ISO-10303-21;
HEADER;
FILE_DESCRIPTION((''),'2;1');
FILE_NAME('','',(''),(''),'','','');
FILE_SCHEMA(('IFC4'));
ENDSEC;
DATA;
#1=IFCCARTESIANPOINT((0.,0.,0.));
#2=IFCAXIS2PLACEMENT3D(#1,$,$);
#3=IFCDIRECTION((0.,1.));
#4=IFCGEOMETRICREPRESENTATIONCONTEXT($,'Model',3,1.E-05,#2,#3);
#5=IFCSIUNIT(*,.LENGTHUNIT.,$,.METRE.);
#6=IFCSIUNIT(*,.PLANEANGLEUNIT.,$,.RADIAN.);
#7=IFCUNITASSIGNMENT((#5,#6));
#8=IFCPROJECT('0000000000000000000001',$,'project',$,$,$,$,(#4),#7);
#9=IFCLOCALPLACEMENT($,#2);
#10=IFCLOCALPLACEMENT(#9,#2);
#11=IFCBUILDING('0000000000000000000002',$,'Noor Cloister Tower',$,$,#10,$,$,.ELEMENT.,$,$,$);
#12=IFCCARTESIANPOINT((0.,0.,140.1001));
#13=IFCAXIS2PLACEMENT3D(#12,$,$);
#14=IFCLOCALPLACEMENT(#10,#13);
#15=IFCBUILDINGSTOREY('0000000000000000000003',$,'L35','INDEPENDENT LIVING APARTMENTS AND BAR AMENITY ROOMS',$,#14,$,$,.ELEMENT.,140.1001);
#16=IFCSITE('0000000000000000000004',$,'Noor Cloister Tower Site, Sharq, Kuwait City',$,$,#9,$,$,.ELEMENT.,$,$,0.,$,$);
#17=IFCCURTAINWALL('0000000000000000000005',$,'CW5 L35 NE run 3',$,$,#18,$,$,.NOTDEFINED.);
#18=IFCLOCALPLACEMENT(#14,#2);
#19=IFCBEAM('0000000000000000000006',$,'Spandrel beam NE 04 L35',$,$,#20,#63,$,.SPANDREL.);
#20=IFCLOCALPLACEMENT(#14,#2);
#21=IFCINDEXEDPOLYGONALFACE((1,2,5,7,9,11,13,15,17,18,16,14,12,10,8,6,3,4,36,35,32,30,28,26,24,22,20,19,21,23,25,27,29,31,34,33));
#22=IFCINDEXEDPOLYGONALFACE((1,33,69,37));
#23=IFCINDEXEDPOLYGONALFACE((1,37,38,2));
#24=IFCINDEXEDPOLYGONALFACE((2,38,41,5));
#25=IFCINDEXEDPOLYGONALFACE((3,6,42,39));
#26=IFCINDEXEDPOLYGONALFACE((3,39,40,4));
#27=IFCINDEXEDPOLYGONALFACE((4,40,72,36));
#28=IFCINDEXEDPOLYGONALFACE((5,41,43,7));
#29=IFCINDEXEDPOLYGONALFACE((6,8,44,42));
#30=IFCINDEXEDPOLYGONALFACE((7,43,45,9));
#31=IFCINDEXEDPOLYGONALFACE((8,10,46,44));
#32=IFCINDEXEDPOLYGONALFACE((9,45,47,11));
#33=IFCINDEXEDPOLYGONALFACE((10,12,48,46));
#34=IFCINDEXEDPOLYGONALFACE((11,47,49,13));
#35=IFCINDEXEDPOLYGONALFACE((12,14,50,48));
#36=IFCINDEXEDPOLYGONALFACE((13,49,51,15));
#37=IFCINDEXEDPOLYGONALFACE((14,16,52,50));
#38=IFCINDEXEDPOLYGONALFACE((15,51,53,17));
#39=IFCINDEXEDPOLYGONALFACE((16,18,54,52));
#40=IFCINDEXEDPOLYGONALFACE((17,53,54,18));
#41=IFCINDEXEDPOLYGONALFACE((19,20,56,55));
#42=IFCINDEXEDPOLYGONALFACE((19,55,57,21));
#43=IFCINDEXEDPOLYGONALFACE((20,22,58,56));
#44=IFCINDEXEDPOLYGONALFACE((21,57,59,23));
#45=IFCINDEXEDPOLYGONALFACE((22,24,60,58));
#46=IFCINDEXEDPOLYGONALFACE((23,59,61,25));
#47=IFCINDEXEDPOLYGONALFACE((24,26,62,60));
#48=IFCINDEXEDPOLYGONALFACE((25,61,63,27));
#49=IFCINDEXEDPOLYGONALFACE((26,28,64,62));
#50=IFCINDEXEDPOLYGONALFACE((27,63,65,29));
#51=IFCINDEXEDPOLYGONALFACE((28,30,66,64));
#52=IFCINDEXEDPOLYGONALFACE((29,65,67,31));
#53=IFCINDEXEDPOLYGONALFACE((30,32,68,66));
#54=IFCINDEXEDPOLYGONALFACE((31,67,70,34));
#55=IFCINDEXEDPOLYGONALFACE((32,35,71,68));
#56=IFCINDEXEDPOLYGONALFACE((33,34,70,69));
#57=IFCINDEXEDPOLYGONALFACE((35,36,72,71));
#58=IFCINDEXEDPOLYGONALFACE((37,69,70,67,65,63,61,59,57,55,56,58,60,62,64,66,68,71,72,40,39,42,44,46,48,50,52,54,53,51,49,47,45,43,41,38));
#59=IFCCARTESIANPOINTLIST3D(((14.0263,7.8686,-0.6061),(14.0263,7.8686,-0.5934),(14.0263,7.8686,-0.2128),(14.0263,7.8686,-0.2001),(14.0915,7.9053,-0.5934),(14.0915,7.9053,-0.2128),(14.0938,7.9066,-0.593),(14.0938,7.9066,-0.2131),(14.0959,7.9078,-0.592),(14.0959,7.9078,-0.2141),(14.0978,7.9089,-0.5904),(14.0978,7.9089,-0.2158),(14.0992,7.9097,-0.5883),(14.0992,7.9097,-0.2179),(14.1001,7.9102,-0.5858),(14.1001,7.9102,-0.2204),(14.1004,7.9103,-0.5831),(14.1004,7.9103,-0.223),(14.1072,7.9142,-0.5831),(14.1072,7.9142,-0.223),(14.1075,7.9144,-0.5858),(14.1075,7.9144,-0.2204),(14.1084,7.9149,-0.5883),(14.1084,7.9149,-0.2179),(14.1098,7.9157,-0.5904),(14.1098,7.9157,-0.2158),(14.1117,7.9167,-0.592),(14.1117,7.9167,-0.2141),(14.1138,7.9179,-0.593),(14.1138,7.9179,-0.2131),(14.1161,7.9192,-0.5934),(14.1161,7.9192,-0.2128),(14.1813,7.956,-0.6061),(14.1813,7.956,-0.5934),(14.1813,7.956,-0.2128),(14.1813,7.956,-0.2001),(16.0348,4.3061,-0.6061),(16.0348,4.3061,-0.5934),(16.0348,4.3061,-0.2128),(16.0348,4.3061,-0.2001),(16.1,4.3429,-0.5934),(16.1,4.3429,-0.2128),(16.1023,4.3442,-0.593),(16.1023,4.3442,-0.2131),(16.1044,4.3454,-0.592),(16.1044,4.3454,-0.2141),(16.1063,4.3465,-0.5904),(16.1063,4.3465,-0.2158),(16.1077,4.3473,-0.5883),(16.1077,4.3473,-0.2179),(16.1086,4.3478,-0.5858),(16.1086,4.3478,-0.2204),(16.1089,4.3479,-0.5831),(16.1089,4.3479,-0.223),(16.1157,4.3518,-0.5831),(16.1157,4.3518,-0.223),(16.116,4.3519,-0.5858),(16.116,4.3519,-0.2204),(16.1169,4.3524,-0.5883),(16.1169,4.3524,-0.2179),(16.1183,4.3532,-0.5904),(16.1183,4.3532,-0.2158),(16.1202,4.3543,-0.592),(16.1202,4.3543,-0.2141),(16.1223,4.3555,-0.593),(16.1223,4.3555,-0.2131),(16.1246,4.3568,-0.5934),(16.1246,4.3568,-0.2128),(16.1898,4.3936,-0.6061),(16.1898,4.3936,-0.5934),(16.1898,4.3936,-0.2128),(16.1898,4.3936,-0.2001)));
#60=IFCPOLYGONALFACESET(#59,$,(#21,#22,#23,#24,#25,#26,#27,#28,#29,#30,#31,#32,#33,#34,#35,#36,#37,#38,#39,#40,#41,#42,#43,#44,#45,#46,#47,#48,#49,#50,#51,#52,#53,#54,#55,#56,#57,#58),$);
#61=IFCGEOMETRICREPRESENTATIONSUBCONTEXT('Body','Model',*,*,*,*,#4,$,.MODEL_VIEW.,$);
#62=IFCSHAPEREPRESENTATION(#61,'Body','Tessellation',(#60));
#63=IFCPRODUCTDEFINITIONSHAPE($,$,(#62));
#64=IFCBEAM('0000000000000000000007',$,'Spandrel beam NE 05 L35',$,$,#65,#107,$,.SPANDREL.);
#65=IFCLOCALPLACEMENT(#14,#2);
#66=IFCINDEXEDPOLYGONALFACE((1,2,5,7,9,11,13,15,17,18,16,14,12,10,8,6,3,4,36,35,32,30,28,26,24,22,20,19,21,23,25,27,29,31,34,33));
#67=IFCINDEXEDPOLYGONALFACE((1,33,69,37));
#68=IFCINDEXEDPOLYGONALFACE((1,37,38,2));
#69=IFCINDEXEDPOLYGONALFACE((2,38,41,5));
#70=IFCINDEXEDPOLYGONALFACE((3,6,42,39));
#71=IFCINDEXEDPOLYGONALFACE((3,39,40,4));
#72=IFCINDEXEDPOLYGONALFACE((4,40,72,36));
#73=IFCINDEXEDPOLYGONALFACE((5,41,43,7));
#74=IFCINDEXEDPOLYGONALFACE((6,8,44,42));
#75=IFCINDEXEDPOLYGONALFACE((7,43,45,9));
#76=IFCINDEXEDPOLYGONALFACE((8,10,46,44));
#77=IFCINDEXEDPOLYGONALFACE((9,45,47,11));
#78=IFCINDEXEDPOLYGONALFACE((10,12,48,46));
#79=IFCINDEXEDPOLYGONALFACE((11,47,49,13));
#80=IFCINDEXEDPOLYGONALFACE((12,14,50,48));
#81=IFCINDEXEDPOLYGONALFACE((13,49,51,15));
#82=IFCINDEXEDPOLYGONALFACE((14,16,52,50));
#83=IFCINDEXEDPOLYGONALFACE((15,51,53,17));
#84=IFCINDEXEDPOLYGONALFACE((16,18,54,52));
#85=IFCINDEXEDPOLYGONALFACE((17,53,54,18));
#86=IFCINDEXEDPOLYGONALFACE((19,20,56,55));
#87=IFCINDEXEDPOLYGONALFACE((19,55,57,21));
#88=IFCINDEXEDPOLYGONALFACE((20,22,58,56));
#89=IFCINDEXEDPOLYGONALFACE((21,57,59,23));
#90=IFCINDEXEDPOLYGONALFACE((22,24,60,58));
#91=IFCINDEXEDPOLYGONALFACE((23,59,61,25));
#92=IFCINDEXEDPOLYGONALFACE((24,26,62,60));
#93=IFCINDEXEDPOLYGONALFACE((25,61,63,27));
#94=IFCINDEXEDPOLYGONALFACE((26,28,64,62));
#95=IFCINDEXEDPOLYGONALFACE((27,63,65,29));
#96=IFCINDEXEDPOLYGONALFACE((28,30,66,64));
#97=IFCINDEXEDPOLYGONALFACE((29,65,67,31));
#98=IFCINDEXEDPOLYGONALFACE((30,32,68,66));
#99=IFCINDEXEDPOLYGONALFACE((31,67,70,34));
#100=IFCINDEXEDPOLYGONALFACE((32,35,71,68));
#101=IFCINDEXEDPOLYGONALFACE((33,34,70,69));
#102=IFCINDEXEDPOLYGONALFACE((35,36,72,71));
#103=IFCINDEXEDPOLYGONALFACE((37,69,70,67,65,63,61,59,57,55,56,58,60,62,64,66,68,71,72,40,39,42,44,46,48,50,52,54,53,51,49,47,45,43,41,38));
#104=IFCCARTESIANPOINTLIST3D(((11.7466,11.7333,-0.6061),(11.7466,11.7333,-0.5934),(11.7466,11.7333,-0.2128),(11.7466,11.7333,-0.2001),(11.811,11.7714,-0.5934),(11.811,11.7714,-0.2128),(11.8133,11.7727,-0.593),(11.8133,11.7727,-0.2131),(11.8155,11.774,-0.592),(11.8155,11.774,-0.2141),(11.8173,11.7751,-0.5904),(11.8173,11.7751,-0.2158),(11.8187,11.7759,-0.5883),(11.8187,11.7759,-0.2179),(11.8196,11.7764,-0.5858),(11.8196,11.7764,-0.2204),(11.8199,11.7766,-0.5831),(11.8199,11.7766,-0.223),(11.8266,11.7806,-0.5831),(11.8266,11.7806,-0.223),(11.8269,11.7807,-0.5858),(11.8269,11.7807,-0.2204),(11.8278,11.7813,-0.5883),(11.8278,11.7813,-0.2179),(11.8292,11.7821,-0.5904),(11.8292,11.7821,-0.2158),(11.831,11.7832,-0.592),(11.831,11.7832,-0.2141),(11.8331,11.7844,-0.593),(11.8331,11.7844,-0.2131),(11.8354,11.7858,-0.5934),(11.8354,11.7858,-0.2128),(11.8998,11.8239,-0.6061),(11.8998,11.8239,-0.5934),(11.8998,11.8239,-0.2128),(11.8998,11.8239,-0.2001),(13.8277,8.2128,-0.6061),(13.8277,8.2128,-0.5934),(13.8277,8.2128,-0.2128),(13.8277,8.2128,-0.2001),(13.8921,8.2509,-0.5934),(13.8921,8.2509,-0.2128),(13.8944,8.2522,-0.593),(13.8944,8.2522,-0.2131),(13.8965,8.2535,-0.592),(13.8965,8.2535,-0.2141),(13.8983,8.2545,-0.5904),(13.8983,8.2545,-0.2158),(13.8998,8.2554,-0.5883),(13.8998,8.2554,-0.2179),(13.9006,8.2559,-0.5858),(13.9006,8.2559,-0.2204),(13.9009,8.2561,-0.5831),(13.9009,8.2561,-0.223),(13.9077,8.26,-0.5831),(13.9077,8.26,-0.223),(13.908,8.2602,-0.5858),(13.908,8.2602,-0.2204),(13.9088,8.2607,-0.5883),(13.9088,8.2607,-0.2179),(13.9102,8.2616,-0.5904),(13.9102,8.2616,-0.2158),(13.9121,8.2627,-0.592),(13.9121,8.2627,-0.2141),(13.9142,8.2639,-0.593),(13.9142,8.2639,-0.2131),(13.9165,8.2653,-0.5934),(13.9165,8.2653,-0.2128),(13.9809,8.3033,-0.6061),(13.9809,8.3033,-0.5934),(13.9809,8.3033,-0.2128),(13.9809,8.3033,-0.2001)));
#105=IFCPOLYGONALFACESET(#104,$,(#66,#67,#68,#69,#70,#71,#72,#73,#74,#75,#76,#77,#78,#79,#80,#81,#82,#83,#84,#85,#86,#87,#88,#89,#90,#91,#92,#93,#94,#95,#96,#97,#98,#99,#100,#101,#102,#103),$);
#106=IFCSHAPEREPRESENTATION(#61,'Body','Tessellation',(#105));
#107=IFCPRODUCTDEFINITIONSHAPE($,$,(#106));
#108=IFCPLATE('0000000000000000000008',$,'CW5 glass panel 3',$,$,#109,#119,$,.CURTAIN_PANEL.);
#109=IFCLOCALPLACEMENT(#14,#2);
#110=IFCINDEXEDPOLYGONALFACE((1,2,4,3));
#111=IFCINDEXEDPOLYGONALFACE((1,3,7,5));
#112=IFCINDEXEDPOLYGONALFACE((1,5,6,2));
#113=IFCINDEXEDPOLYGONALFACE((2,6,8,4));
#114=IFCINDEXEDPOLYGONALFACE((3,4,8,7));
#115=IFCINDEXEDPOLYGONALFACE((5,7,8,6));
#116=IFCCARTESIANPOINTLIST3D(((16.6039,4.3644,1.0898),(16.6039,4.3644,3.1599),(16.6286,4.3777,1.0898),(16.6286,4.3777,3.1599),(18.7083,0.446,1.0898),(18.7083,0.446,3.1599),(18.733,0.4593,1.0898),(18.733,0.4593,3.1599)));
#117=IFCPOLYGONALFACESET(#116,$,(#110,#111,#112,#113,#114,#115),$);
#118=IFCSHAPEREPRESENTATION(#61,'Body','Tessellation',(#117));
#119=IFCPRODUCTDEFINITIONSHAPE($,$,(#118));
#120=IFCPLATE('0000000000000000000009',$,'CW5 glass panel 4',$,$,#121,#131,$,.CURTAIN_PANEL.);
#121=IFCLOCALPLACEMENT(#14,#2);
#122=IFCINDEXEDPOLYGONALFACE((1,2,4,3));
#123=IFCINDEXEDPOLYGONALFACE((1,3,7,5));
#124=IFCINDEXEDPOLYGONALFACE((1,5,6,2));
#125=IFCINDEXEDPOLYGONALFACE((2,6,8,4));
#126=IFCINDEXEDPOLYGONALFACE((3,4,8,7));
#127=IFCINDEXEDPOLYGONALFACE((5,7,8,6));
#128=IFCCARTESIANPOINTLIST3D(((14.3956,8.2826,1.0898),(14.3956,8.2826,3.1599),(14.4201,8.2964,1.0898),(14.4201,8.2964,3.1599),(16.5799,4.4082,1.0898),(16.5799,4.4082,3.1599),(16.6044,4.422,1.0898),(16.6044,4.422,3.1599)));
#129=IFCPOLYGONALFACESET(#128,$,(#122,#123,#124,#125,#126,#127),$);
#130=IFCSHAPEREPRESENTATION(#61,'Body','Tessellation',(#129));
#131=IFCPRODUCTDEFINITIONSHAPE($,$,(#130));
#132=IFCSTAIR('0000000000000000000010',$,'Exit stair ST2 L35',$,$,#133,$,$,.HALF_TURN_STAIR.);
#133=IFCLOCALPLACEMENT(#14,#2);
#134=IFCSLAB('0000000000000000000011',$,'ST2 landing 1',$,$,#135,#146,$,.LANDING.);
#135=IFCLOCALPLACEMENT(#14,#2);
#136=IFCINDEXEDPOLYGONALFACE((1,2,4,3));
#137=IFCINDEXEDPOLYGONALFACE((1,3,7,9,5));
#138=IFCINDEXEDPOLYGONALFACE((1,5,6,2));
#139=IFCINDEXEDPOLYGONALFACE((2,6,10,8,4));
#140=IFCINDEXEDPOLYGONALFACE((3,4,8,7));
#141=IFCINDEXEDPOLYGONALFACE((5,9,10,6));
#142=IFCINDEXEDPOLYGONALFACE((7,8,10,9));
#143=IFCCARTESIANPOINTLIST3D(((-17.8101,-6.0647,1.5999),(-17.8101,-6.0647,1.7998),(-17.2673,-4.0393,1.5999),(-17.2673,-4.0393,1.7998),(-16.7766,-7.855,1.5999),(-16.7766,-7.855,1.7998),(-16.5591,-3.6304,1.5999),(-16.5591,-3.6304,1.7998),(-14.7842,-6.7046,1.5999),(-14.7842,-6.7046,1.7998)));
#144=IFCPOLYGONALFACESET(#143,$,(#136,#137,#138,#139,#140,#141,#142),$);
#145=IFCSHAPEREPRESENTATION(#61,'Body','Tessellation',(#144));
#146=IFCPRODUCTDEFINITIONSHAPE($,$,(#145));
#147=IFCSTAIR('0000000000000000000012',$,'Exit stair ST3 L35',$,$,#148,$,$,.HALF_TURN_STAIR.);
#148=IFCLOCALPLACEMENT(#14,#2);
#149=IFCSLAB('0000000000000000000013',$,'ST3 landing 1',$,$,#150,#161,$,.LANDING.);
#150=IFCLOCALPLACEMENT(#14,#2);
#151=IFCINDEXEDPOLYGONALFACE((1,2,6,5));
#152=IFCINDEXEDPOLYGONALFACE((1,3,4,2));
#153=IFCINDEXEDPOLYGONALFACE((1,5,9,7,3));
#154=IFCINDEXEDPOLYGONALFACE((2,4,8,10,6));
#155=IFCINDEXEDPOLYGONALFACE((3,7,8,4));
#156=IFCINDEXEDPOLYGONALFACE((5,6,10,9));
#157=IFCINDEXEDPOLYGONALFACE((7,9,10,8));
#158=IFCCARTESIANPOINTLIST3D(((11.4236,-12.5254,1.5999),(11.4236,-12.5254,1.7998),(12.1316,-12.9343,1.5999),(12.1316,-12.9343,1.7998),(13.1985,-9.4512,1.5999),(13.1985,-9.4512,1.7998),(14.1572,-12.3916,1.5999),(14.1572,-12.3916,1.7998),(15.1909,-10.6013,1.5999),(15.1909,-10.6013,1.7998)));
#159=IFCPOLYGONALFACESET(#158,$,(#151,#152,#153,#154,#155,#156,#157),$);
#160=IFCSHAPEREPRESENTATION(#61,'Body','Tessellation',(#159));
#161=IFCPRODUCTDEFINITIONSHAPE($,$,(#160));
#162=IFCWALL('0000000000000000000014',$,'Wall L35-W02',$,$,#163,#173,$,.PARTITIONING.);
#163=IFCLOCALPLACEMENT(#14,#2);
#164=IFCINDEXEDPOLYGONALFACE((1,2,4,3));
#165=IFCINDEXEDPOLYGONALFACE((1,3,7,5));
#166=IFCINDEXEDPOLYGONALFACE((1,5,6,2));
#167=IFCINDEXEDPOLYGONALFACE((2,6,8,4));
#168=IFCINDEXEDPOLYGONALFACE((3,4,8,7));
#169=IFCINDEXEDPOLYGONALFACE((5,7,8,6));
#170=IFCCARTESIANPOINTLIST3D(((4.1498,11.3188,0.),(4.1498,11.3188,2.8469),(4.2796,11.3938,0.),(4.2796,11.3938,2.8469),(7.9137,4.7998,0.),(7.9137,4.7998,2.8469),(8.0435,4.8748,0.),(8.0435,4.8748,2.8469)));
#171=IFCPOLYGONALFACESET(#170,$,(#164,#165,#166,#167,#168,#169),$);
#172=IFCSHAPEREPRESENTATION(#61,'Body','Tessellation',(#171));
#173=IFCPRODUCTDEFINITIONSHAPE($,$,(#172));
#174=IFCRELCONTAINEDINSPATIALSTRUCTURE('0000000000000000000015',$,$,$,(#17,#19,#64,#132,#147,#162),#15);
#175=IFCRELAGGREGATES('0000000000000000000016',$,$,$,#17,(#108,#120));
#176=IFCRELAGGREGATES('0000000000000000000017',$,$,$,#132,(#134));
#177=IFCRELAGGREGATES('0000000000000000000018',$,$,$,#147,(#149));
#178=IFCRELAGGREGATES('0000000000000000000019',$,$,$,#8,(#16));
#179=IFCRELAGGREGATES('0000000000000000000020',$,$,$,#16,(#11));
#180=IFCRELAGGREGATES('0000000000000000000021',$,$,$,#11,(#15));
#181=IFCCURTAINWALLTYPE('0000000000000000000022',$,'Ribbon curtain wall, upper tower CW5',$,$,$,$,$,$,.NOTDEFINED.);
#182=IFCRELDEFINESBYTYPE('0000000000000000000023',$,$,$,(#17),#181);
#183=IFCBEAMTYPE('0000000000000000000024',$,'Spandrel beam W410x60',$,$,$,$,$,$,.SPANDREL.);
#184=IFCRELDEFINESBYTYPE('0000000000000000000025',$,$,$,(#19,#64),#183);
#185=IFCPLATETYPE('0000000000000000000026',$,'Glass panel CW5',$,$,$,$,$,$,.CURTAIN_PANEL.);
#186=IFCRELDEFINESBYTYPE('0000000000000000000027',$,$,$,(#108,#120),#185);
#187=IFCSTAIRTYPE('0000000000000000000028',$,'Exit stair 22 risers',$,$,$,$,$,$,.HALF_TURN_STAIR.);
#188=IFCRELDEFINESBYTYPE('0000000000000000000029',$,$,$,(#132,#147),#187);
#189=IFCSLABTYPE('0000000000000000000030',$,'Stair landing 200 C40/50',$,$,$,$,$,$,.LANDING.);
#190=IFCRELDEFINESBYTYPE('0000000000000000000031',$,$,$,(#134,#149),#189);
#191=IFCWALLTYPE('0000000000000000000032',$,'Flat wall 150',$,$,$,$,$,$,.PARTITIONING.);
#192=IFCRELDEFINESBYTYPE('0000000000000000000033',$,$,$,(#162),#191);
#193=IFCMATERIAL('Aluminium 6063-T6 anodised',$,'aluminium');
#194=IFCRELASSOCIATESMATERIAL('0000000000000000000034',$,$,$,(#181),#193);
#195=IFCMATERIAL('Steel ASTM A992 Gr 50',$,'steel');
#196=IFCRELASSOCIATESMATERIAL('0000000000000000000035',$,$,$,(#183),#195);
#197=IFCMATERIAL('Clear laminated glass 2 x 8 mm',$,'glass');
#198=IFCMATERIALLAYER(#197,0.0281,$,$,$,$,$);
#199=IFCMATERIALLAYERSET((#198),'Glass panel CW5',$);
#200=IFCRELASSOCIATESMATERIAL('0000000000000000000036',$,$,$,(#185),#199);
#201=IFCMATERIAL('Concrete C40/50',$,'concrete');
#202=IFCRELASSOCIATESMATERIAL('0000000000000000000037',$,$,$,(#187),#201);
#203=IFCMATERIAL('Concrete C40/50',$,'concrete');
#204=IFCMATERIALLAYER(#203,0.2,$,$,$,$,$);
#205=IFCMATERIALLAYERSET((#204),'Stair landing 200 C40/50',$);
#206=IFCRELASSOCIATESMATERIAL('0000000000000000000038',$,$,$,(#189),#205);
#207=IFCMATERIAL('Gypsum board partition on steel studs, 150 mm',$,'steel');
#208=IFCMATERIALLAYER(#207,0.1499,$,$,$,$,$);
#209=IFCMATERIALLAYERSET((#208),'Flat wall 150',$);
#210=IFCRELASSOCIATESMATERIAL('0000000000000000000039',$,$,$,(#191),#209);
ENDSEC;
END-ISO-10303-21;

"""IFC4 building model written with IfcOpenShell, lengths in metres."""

from ifc_helpers import new_model, si_unit, direction, frame, frame_2d, origin, origin_2d, place, context, subcontext, project, spatial, polyline, rectangle, i_section, outline, extrude, material, layer, layer_set, material_profile, profile_set, type_object, element, aggregate, save


model = new_model("IFC4")

# Units and contexts
model_context = context("Model", 3, precision=1e-05, world=origin(), true_north=direction((0.0, 1.0)))
body_context = subcontext(model_context, "Body", "Model", "MODEL_VIEW")
ifc_project = project(units=[si_unit("LENGTHUNIT", "METRE"), si_unit("PLANEANGLEUNIT", "RADIAN")], contexts=[model_context])

# Site, building, storey
site_placement = place(None, origin())
site = spatial("IfcSite", under=ifc_project, at=site_placement, Name="Noor Cloister Tower Site, Sharq, Kuwait City", CompositionType="ELEMENT", RefElevation=0.0)
building_placement = place(site_placement, origin())
building = spatial("IfcBuilding", under=site, at=building_placement, Name="Noor Cloister Tower", CompositionType="ELEMENT")
storey_placement = place(building_placement, frame((0.0, 0.0, 140.1001)))
storey = spatial("IfcBuildingStorey", under=building, at=storey_placement, Name="L35", Description="INDEPENDENT LIVING APARTMENTS AND BAR AMENITY ROOMS", CompositionType="ELEMENT", Elevation=140.1001)

# Curtain wall
ifc_material_1 = material(Name="Aluminium 6063-T6 anodised", Category="aluminium")
curtain_wall_type = type_object("IfcCurtainWallType", Name="Ribbon curtain wall, upper tower CW5", PredefinedType="NOTDEFINED", material=ifc_material_1)
curtain_wall_placement = place(storey_placement, origin())
curtain_wall = element("IfcCurtainWall", 1, at=curtain_wall_placement, inside=storey, type_object=curtain_wall_type, Name="CW5 L35 NE run 3", PredefinedType="NOTDEFINED")

# Beams
ifc_material_2 = material(Name="Steel ASTM A992 Gr 50", Category="steel")
ifc_material_profile_1 = material_profile(ifc_material_2, i_section(OverallWidth=0.178, OverallDepth=0.406, WebThickness=0.0078, FlangeThickness=0.0127, FilletRadius=0.0103, at=origin_2d()), Name="W410x60")
ifc_profile_set_1 = profile_set([ifc_material_profile_1], Name="Steel ASTM A992 Gr 50")
beam_type_1 = type_object("IfcBeamType", Name="Spandrel beam W410x60", PredefinedType="SPANDREL", material=ifc_profile_set_1)
for number, where, z_axis, x_axis, name in (
    (2, (16.1123, 4.3499, -0.4031), (-0.491123, 0.87109, 0.0), (-0.87109, -0.491123, 0.0), "Spandrel beam NE 04 L35"),
    (3, (13.9043, 8.2581, -0.4031), (-0.508866, 0.860846, 0.0), (-0.860846, -0.508866, 0.0), "Spandrel beam NE 05 L35"),
):
    element("IfcBeam", number, at=place(storey_placement, frame(where, z_axis=z_axis, x_axis=x_axis)), inside=storey, type_object=beam_type_1, Name=name, PredefinedType="SPANDREL", context=body_context, shape_type="SweptSolid", body=[
        extrude(i_section(OverallWidth=0.178, OverallDepth=0.406, WebThickness=0.0078, FlangeThickness=0.0127, FilletRadius=0.0103, at=origin_2d()), origin(), (0.0, 0.0, 1.0), 4.0896),
    ])

# Plates
ifc_material_3 = material(Name="Clear laminated glass 2 x 8 mm", Category="glass")
ifc_layer_1 = layer(ifc_material_3, 0.0281)
ifc_layer_set_1 = layer_set([ifc_layer_1], Name="Glass panel CW5")
plate_type = type_object("IfcPlateType", Name="Glass panel CW5", PredefinedType="CURTAIN_PANEL", material=ifc_layer_set_1)
plate_1_placement = place(storey_placement, frame((17.6685, 2.4119, 1.0898), z_axis=(0.0, 0.0, 1.0), x_axis=(-0.473133, 0.880991, 0.0)))
plate_1 = element("IfcPlate", 4, at=plate_1_placement, type_object=plate_type, Name="CW5 glass panel 3", PredefinedType="CURTAIN_PANEL", context=body_context, shape_type="SweptSolid", body=[
    extrude(rectangle(XDim=4.4478, YDim=0.0281, at=origin_2d()), origin(), (0.0, 0.0, 1.0), 2.0701),
])
plate_2_placement = place(storey_placement, frame((15.5, 6.3523, 1.0898), z_axis=(0.0, 0.0, 1.0), x_axis=(-0.491096, 0.871106, 0.0)))
plate_2 = element("IfcPlate", 5, at=plate_2_placement, type_object=plate_type, Name="CW5 glass panel 4", PredefinedType="CURTAIN_PANEL", context=body_context, shape_type="SweptSolid", body=[
    extrude(rectangle(XDim=4.4478, YDim=0.0281, at=origin_2d()), origin(), (0.0, 0.0, 1.0), 2.0701),
])
aggregate(curtain_wall, [plate_1, plate_2])

# Stairs, slabs
ifc_material_4 = material(Name="Concrete C40/50", Category="concrete")
stair_type = type_object("IfcStairType", Name="Exit stair 22 risers", PredefinedType="HALF_TURN_STAIR", material=ifc_material_4)
stair_1_placement = place(storey_placement, origin())
stair_1 = element("IfcStair", 6, at=stair_1_placement, inside=storey, type_object=stair_type, Name="Exit stair ST2 L35", PredefinedType="HALF_TURN_STAIR")
ifc_material_5 = material(Name="Concrete C40/50", Category="concrete")
ifc_layer_2 = layer(ifc_material_5, 0.2)
ifc_layer_set_2 = layer_set([ifc_layer_2], Name="Stair landing 200 C40/50")
slab_type = type_object("IfcSlabType", Name="Stair landing 200 C40/50", PredefinedType="LANDING", material=ifc_layer_set_2)
slab_1_placement = place(storey_placement, frame((0.0, 0.0, 1.5999)))
slab_1 = element("IfcSlab", 7, at=slab_1_placement, type_object=slab_type, Name="ST2 landing 1", PredefinedType="LANDING", context=body_context, shape_type="SweptSolid", body=[
    extrude(outline(polyline([(-16.5591, -3.6304), (-17.2673, -4.0393), (-17.8101, -6.0647), (-16.7766, -7.855), (-14.7842, -6.7046), (-16.5591, -3.6304)])), origin(), (0.0, 0.0, 1.0), 0.2),
])
aggregate(stair_1, [slab_1])
stair_2_placement = place(storey_placement, origin())
stair_2 = element("IfcStair", 8, at=stair_2_placement, inside=storey, type_object=stair_type, Name="Exit stair ST3 L35", PredefinedType="HALF_TURN_STAIR")
slab_2_placement = place(storey_placement, frame((0.0, 0.0, 1.5999)))
slab_2 = element("IfcSlab", 9, at=slab_2_placement, type_object=slab_type, Name="ST3 landing 1", PredefinedType="LANDING", context=body_context, shape_type="SweptSolid", body=[
    extrude(outline(polyline([(11.4236, -12.5254), (12.1316, -12.9343), (14.1572, -12.3916), (15.1909, -10.6013), (13.1985, -9.4512), (11.4236, -12.5254)])), origin(), (0.0, 0.0, 1.0), 0.2),
])
aggregate(stair_2, [slab_2])

# Wall
ifc_material_6 = material(Name="Gypsum board partition on steel studs, 150 mm", Category="steel")
ifc_layer_3 = layer(ifc_material_6, 0.1499)
ifc_layer_set_3 = layer_set([ifc_layer_3], Name="Flat wall 150")
wall_type_1 = type_object("IfcWallType", Name="Flat wall 150", PredefinedType="PARTITIONING", material=ifc_layer_set_3)
wall_1_placement = place(storey_placement, frame((7.9785, 4.8374, 0.0), z_axis=(0.0, 0.0, 1.0), x_axis=(-0.500014, 0.866017, 0.0)))
element("IfcWall", 10, at=wall_1_placement, inside=storey, type_object=wall_type_1, Name="Wall L35-W02", PredefinedType="PARTITIONING", context=body_context, shape_type="SweptSolid", body=[
    extrude(rectangle(XDim=7.5276, YDim=0.1499, at=frame_2d((3.7637, 0.0))), origin(), (0.0, 0.0, 1.0), 2.8469),
])

save(model, "model.ifc")
